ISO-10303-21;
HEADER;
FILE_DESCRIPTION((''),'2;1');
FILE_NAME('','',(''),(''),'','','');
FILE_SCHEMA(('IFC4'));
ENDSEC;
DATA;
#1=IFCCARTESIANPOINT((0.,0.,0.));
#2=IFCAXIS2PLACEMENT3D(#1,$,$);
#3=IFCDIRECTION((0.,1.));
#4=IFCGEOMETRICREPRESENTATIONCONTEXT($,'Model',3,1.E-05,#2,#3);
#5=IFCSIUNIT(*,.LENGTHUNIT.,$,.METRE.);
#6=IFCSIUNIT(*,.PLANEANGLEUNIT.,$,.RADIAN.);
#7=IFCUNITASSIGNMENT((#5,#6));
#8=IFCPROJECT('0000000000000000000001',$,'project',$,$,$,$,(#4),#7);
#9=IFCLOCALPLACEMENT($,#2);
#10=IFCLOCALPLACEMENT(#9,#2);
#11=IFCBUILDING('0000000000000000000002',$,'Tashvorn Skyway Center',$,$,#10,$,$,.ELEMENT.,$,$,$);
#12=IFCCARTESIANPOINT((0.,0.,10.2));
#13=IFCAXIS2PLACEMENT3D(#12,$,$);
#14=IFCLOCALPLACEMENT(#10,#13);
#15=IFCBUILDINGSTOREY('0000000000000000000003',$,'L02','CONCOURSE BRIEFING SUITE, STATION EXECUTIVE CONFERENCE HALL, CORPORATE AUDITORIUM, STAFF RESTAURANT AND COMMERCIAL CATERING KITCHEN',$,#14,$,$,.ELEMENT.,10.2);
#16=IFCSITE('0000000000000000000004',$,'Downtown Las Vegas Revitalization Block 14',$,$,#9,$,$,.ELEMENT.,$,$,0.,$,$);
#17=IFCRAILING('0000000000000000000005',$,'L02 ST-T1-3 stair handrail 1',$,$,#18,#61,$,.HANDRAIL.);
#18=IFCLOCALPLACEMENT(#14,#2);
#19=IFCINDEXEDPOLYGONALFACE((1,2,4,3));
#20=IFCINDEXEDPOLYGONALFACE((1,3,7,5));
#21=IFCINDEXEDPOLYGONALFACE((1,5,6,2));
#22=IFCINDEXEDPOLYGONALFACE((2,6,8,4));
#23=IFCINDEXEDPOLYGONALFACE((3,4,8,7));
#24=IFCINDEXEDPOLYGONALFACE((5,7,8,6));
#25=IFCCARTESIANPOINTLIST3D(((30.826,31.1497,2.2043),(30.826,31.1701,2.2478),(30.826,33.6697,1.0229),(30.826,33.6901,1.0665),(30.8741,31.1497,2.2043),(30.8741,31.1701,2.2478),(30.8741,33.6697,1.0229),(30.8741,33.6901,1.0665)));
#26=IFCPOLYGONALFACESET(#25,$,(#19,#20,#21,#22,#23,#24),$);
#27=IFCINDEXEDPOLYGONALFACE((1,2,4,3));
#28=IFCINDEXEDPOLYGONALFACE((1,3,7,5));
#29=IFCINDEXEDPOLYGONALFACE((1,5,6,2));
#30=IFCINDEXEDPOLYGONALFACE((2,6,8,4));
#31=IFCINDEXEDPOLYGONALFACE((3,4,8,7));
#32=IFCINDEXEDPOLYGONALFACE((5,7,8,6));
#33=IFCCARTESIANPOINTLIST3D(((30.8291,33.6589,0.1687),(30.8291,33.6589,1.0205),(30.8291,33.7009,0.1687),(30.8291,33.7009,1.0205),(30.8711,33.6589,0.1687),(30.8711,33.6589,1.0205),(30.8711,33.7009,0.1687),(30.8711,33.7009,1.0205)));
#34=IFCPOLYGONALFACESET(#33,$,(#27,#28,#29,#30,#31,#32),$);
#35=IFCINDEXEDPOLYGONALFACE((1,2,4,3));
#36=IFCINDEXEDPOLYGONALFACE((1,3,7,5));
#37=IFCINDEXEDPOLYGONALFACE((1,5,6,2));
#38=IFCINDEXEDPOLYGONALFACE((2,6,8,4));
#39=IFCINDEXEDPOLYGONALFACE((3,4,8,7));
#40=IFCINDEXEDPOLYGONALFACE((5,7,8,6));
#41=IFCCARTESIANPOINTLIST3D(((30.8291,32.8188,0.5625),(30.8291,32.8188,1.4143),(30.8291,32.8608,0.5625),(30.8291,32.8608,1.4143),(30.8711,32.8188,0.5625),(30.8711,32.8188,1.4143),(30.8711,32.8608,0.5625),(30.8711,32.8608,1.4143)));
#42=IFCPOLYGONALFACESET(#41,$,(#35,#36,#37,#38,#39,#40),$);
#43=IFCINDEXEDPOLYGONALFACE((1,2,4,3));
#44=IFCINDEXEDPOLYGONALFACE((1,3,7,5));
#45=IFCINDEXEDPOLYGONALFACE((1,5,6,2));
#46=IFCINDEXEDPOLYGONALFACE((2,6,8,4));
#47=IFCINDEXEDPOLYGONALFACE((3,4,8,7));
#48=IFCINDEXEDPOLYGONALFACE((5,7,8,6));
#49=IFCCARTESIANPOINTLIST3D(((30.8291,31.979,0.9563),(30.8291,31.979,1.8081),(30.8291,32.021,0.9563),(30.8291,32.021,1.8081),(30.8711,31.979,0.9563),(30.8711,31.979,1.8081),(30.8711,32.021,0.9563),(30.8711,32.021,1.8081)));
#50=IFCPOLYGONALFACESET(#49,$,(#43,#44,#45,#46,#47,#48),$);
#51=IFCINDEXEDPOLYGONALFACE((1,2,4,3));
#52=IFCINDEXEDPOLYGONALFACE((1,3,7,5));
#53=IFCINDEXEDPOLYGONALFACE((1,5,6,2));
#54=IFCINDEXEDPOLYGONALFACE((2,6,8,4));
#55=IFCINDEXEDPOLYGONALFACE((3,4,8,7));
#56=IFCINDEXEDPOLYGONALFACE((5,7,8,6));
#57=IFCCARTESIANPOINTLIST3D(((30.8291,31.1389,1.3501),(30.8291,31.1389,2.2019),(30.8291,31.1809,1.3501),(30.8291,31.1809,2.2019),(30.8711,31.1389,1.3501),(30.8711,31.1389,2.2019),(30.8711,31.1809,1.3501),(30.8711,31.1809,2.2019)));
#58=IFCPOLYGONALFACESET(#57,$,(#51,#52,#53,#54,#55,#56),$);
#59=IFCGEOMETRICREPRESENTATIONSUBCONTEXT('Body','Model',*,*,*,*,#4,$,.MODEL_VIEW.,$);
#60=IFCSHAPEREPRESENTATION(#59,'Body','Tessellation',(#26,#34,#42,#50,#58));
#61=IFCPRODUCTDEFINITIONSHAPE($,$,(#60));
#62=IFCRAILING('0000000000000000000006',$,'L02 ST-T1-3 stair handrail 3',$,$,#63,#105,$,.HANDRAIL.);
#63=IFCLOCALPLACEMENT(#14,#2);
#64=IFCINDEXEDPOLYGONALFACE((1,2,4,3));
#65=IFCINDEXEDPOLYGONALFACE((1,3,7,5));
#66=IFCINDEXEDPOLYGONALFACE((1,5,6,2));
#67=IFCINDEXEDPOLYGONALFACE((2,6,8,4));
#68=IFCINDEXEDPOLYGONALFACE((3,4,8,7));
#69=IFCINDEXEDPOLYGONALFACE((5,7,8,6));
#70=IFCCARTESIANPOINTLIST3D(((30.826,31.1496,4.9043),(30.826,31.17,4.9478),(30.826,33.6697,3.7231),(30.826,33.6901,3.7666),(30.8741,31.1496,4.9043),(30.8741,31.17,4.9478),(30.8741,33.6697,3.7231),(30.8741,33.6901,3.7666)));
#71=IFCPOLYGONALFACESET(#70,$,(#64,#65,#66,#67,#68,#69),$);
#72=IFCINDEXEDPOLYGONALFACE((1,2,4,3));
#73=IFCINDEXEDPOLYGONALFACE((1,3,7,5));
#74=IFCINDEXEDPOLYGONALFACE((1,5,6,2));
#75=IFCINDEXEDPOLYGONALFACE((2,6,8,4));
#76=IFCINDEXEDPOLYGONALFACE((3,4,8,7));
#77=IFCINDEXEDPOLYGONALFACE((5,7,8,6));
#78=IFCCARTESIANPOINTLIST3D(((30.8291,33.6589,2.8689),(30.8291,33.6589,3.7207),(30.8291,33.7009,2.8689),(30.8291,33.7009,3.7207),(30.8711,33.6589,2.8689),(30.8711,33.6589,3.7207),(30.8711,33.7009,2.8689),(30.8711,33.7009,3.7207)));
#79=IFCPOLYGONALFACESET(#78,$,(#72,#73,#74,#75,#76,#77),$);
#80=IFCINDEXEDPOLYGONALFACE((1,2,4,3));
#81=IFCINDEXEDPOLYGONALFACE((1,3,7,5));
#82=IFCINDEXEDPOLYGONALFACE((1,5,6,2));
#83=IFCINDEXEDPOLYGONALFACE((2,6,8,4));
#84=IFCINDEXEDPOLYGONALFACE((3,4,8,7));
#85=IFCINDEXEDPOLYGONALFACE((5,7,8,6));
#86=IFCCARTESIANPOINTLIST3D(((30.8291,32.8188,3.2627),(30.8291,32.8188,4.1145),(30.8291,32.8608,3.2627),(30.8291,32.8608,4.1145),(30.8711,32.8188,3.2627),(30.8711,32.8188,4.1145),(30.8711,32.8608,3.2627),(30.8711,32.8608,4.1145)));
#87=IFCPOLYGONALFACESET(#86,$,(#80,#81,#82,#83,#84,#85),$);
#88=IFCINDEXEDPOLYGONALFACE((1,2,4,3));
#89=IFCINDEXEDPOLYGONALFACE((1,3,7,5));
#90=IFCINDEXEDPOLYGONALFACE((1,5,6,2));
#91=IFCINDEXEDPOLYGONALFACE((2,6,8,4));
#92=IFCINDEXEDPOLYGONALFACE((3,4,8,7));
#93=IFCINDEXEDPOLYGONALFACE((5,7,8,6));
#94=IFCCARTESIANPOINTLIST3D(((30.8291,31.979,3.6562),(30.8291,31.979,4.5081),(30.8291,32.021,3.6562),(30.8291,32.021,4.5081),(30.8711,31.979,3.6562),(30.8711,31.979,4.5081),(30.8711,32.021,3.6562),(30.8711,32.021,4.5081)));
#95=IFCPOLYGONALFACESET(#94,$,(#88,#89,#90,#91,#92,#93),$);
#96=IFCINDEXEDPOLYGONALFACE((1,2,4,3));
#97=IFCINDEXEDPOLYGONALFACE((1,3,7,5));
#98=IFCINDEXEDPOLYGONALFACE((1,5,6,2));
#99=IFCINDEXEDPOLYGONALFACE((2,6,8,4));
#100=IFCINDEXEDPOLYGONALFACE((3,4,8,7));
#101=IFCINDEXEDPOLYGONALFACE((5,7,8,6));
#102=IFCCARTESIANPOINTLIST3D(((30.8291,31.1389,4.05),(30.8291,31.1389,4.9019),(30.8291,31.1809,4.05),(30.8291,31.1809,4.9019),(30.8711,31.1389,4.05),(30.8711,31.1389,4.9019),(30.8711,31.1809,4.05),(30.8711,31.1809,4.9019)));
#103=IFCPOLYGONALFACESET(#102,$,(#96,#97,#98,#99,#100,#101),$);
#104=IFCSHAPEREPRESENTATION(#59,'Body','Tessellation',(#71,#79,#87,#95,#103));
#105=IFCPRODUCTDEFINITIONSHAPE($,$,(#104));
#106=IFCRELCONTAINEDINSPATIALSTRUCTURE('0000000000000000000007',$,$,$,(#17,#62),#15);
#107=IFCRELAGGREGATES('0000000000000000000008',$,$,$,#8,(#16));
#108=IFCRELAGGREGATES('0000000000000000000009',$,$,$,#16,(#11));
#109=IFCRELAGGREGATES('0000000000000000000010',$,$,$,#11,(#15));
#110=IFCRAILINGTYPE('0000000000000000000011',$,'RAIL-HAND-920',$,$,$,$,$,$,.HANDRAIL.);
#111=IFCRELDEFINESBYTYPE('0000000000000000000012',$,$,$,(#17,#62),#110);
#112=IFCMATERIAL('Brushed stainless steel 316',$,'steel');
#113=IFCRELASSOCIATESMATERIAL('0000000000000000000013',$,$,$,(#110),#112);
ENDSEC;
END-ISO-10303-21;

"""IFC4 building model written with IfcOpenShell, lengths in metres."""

from ifc_helpers import new_model, si_unit, direction, frame, origin, origin_2d, place, context, subcontext, project, spatial, rectangle, extrude, material, type_object, element, save


model = new_model("IFC4")

# Units and contexts
model_context = context("Model", 3, precision=1e-05, world=origin(), true_north=direction((0.0, 1.0)))
body_context = subcontext(model_context, "Body", "Model", "MODEL_VIEW")
ifc_project = project(units=[si_unit("LENGTHUNIT", "METRE"), si_unit("PLANEANGLEUNIT", "RADIAN")], contexts=[model_context])

# Site, building, storey
site_placement = place(None, origin())
site = spatial("IfcSite", under=ifc_project, at=site_placement, Name="Downtown Las Vegas Revitalization Block 14", CompositionType="ELEMENT", RefElevation=0.0)
building_placement = place(site_placement, origin())
building = spatial("IfcBuilding", under=site, at=building_placement, Name="Tashvorn Skyway Center", CompositionType="ELEMENT")
storey_placement = place(building_placement, frame((0.0, 0.0, 10.2)))
storey = spatial("IfcBuildingStorey", under=building, at=storey_placement, Name="L02", Description="CONCOURSE BRIEFING SUITE, STATION EXECUTIVE CONFERENCE HALL, CORPORATE AUDITORIUM, STAFF RESTAURANT AND COMMERCIAL CATERING KITCHEN", CompositionType="ELEMENT", Elevation=10.2)

# Railings
ifc_material_1 = material(Name="Brushed stainless steel 316", Category="steel")
railing_type = type_object("IfcRailingType", Name="RAIL-HAND-920", PredefinedType="HANDRAIL", material=ifc_material_1)
railing_1_placement = place(storey_placement, frame((30.8501, 33.6799, 0.1687)))
element("IfcRailing", 1, at=railing_1_placement, inside=storey, type_object=railing_type, Name="L02 ST-T1-3 stair handrail 1", PredefinedType="HANDRAIL", context=body_context, shape_type="SweptSolid", body=[
    extrude(rectangle(XDim=0.0481, YDim=0.0481, at=origin_2d()), frame((0.0, 0.0, 0.876), z_axis=(0.0, -0.90544, 0.424474), x_axis=(1.0, 0.0, 0.0)), (0.0, 0.0, 1.0), 2.7832),
    extrude(rectangle(XDim=0.042, YDim=0.042, at=origin_2d()), origin(), (0.0, 0.0, 1.0), 0.8518),
    extrude(rectangle(XDim=0.042, YDim=0.042, at=origin_2d()), frame((0.0, -0.8401, 0.3938)), (0.0, 0.0, 1.0), 0.8518),
    extrude(rectangle(XDim=0.042, YDim=0.042, at=origin_2d()), frame((0.0, -1.6799, 0.7876)), (0.0, 0.0, 1.0), 0.8518),
    extrude(rectangle(XDim=0.042, YDim=0.042, at=origin_2d()), frame((0.0, -2.52, 1.1814)), (0.0, 0.0, 1.0), 0.8518),
])
railing_2_placement = place(storey_placement, frame((30.8501, 33.6799, 2.8689)))
element("IfcRailing", 2, at=railing_2_placement, inside=storey, type_object=railing_type, Name="L02 ST-T1-3 stair handrail 3", PredefinedType="HANDRAIL", context=body_context, shape_type="SweptSolid", body=[
    extrude(rectangle(XDim=0.0481, YDim=0.0481, at=origin_2d()), frame((0.0, 0.0, 0.876), z_axis=(0.0, -0.905474, 0.424402), x_axis=(1.0, 0.0, 0.0)), (0.0, 0.0, 1.0), 2.7832),
    extrude(rectangle(XDim=0.042, YDim=0.042, at=origin_2d()), origin(), (0.0, 0.0, 1.0), 0.8518),
    extrude(rectangle(XDim=0.042, YDim=0.042, at=origin_2d()), frame((0.0, -0.8401, 0.3938)), (0.0, 0.0, 1.0), 0.8518),
    extrude(rectangle(XDim=0.042, YDim=0.042, at=origin_2d()), frame((0.0, -1.6799, 0.7874)), (0.0, 0.0, 1.0), 0.8518),
    extrude(rectangle(XDim=0.042, YDim=0.042, at=origin_2d()), frame((0.0, -2.52, 1.1812)), (0.0, 0.0, 1.0), 0.8518),
])

save(model, "model.ifc")
